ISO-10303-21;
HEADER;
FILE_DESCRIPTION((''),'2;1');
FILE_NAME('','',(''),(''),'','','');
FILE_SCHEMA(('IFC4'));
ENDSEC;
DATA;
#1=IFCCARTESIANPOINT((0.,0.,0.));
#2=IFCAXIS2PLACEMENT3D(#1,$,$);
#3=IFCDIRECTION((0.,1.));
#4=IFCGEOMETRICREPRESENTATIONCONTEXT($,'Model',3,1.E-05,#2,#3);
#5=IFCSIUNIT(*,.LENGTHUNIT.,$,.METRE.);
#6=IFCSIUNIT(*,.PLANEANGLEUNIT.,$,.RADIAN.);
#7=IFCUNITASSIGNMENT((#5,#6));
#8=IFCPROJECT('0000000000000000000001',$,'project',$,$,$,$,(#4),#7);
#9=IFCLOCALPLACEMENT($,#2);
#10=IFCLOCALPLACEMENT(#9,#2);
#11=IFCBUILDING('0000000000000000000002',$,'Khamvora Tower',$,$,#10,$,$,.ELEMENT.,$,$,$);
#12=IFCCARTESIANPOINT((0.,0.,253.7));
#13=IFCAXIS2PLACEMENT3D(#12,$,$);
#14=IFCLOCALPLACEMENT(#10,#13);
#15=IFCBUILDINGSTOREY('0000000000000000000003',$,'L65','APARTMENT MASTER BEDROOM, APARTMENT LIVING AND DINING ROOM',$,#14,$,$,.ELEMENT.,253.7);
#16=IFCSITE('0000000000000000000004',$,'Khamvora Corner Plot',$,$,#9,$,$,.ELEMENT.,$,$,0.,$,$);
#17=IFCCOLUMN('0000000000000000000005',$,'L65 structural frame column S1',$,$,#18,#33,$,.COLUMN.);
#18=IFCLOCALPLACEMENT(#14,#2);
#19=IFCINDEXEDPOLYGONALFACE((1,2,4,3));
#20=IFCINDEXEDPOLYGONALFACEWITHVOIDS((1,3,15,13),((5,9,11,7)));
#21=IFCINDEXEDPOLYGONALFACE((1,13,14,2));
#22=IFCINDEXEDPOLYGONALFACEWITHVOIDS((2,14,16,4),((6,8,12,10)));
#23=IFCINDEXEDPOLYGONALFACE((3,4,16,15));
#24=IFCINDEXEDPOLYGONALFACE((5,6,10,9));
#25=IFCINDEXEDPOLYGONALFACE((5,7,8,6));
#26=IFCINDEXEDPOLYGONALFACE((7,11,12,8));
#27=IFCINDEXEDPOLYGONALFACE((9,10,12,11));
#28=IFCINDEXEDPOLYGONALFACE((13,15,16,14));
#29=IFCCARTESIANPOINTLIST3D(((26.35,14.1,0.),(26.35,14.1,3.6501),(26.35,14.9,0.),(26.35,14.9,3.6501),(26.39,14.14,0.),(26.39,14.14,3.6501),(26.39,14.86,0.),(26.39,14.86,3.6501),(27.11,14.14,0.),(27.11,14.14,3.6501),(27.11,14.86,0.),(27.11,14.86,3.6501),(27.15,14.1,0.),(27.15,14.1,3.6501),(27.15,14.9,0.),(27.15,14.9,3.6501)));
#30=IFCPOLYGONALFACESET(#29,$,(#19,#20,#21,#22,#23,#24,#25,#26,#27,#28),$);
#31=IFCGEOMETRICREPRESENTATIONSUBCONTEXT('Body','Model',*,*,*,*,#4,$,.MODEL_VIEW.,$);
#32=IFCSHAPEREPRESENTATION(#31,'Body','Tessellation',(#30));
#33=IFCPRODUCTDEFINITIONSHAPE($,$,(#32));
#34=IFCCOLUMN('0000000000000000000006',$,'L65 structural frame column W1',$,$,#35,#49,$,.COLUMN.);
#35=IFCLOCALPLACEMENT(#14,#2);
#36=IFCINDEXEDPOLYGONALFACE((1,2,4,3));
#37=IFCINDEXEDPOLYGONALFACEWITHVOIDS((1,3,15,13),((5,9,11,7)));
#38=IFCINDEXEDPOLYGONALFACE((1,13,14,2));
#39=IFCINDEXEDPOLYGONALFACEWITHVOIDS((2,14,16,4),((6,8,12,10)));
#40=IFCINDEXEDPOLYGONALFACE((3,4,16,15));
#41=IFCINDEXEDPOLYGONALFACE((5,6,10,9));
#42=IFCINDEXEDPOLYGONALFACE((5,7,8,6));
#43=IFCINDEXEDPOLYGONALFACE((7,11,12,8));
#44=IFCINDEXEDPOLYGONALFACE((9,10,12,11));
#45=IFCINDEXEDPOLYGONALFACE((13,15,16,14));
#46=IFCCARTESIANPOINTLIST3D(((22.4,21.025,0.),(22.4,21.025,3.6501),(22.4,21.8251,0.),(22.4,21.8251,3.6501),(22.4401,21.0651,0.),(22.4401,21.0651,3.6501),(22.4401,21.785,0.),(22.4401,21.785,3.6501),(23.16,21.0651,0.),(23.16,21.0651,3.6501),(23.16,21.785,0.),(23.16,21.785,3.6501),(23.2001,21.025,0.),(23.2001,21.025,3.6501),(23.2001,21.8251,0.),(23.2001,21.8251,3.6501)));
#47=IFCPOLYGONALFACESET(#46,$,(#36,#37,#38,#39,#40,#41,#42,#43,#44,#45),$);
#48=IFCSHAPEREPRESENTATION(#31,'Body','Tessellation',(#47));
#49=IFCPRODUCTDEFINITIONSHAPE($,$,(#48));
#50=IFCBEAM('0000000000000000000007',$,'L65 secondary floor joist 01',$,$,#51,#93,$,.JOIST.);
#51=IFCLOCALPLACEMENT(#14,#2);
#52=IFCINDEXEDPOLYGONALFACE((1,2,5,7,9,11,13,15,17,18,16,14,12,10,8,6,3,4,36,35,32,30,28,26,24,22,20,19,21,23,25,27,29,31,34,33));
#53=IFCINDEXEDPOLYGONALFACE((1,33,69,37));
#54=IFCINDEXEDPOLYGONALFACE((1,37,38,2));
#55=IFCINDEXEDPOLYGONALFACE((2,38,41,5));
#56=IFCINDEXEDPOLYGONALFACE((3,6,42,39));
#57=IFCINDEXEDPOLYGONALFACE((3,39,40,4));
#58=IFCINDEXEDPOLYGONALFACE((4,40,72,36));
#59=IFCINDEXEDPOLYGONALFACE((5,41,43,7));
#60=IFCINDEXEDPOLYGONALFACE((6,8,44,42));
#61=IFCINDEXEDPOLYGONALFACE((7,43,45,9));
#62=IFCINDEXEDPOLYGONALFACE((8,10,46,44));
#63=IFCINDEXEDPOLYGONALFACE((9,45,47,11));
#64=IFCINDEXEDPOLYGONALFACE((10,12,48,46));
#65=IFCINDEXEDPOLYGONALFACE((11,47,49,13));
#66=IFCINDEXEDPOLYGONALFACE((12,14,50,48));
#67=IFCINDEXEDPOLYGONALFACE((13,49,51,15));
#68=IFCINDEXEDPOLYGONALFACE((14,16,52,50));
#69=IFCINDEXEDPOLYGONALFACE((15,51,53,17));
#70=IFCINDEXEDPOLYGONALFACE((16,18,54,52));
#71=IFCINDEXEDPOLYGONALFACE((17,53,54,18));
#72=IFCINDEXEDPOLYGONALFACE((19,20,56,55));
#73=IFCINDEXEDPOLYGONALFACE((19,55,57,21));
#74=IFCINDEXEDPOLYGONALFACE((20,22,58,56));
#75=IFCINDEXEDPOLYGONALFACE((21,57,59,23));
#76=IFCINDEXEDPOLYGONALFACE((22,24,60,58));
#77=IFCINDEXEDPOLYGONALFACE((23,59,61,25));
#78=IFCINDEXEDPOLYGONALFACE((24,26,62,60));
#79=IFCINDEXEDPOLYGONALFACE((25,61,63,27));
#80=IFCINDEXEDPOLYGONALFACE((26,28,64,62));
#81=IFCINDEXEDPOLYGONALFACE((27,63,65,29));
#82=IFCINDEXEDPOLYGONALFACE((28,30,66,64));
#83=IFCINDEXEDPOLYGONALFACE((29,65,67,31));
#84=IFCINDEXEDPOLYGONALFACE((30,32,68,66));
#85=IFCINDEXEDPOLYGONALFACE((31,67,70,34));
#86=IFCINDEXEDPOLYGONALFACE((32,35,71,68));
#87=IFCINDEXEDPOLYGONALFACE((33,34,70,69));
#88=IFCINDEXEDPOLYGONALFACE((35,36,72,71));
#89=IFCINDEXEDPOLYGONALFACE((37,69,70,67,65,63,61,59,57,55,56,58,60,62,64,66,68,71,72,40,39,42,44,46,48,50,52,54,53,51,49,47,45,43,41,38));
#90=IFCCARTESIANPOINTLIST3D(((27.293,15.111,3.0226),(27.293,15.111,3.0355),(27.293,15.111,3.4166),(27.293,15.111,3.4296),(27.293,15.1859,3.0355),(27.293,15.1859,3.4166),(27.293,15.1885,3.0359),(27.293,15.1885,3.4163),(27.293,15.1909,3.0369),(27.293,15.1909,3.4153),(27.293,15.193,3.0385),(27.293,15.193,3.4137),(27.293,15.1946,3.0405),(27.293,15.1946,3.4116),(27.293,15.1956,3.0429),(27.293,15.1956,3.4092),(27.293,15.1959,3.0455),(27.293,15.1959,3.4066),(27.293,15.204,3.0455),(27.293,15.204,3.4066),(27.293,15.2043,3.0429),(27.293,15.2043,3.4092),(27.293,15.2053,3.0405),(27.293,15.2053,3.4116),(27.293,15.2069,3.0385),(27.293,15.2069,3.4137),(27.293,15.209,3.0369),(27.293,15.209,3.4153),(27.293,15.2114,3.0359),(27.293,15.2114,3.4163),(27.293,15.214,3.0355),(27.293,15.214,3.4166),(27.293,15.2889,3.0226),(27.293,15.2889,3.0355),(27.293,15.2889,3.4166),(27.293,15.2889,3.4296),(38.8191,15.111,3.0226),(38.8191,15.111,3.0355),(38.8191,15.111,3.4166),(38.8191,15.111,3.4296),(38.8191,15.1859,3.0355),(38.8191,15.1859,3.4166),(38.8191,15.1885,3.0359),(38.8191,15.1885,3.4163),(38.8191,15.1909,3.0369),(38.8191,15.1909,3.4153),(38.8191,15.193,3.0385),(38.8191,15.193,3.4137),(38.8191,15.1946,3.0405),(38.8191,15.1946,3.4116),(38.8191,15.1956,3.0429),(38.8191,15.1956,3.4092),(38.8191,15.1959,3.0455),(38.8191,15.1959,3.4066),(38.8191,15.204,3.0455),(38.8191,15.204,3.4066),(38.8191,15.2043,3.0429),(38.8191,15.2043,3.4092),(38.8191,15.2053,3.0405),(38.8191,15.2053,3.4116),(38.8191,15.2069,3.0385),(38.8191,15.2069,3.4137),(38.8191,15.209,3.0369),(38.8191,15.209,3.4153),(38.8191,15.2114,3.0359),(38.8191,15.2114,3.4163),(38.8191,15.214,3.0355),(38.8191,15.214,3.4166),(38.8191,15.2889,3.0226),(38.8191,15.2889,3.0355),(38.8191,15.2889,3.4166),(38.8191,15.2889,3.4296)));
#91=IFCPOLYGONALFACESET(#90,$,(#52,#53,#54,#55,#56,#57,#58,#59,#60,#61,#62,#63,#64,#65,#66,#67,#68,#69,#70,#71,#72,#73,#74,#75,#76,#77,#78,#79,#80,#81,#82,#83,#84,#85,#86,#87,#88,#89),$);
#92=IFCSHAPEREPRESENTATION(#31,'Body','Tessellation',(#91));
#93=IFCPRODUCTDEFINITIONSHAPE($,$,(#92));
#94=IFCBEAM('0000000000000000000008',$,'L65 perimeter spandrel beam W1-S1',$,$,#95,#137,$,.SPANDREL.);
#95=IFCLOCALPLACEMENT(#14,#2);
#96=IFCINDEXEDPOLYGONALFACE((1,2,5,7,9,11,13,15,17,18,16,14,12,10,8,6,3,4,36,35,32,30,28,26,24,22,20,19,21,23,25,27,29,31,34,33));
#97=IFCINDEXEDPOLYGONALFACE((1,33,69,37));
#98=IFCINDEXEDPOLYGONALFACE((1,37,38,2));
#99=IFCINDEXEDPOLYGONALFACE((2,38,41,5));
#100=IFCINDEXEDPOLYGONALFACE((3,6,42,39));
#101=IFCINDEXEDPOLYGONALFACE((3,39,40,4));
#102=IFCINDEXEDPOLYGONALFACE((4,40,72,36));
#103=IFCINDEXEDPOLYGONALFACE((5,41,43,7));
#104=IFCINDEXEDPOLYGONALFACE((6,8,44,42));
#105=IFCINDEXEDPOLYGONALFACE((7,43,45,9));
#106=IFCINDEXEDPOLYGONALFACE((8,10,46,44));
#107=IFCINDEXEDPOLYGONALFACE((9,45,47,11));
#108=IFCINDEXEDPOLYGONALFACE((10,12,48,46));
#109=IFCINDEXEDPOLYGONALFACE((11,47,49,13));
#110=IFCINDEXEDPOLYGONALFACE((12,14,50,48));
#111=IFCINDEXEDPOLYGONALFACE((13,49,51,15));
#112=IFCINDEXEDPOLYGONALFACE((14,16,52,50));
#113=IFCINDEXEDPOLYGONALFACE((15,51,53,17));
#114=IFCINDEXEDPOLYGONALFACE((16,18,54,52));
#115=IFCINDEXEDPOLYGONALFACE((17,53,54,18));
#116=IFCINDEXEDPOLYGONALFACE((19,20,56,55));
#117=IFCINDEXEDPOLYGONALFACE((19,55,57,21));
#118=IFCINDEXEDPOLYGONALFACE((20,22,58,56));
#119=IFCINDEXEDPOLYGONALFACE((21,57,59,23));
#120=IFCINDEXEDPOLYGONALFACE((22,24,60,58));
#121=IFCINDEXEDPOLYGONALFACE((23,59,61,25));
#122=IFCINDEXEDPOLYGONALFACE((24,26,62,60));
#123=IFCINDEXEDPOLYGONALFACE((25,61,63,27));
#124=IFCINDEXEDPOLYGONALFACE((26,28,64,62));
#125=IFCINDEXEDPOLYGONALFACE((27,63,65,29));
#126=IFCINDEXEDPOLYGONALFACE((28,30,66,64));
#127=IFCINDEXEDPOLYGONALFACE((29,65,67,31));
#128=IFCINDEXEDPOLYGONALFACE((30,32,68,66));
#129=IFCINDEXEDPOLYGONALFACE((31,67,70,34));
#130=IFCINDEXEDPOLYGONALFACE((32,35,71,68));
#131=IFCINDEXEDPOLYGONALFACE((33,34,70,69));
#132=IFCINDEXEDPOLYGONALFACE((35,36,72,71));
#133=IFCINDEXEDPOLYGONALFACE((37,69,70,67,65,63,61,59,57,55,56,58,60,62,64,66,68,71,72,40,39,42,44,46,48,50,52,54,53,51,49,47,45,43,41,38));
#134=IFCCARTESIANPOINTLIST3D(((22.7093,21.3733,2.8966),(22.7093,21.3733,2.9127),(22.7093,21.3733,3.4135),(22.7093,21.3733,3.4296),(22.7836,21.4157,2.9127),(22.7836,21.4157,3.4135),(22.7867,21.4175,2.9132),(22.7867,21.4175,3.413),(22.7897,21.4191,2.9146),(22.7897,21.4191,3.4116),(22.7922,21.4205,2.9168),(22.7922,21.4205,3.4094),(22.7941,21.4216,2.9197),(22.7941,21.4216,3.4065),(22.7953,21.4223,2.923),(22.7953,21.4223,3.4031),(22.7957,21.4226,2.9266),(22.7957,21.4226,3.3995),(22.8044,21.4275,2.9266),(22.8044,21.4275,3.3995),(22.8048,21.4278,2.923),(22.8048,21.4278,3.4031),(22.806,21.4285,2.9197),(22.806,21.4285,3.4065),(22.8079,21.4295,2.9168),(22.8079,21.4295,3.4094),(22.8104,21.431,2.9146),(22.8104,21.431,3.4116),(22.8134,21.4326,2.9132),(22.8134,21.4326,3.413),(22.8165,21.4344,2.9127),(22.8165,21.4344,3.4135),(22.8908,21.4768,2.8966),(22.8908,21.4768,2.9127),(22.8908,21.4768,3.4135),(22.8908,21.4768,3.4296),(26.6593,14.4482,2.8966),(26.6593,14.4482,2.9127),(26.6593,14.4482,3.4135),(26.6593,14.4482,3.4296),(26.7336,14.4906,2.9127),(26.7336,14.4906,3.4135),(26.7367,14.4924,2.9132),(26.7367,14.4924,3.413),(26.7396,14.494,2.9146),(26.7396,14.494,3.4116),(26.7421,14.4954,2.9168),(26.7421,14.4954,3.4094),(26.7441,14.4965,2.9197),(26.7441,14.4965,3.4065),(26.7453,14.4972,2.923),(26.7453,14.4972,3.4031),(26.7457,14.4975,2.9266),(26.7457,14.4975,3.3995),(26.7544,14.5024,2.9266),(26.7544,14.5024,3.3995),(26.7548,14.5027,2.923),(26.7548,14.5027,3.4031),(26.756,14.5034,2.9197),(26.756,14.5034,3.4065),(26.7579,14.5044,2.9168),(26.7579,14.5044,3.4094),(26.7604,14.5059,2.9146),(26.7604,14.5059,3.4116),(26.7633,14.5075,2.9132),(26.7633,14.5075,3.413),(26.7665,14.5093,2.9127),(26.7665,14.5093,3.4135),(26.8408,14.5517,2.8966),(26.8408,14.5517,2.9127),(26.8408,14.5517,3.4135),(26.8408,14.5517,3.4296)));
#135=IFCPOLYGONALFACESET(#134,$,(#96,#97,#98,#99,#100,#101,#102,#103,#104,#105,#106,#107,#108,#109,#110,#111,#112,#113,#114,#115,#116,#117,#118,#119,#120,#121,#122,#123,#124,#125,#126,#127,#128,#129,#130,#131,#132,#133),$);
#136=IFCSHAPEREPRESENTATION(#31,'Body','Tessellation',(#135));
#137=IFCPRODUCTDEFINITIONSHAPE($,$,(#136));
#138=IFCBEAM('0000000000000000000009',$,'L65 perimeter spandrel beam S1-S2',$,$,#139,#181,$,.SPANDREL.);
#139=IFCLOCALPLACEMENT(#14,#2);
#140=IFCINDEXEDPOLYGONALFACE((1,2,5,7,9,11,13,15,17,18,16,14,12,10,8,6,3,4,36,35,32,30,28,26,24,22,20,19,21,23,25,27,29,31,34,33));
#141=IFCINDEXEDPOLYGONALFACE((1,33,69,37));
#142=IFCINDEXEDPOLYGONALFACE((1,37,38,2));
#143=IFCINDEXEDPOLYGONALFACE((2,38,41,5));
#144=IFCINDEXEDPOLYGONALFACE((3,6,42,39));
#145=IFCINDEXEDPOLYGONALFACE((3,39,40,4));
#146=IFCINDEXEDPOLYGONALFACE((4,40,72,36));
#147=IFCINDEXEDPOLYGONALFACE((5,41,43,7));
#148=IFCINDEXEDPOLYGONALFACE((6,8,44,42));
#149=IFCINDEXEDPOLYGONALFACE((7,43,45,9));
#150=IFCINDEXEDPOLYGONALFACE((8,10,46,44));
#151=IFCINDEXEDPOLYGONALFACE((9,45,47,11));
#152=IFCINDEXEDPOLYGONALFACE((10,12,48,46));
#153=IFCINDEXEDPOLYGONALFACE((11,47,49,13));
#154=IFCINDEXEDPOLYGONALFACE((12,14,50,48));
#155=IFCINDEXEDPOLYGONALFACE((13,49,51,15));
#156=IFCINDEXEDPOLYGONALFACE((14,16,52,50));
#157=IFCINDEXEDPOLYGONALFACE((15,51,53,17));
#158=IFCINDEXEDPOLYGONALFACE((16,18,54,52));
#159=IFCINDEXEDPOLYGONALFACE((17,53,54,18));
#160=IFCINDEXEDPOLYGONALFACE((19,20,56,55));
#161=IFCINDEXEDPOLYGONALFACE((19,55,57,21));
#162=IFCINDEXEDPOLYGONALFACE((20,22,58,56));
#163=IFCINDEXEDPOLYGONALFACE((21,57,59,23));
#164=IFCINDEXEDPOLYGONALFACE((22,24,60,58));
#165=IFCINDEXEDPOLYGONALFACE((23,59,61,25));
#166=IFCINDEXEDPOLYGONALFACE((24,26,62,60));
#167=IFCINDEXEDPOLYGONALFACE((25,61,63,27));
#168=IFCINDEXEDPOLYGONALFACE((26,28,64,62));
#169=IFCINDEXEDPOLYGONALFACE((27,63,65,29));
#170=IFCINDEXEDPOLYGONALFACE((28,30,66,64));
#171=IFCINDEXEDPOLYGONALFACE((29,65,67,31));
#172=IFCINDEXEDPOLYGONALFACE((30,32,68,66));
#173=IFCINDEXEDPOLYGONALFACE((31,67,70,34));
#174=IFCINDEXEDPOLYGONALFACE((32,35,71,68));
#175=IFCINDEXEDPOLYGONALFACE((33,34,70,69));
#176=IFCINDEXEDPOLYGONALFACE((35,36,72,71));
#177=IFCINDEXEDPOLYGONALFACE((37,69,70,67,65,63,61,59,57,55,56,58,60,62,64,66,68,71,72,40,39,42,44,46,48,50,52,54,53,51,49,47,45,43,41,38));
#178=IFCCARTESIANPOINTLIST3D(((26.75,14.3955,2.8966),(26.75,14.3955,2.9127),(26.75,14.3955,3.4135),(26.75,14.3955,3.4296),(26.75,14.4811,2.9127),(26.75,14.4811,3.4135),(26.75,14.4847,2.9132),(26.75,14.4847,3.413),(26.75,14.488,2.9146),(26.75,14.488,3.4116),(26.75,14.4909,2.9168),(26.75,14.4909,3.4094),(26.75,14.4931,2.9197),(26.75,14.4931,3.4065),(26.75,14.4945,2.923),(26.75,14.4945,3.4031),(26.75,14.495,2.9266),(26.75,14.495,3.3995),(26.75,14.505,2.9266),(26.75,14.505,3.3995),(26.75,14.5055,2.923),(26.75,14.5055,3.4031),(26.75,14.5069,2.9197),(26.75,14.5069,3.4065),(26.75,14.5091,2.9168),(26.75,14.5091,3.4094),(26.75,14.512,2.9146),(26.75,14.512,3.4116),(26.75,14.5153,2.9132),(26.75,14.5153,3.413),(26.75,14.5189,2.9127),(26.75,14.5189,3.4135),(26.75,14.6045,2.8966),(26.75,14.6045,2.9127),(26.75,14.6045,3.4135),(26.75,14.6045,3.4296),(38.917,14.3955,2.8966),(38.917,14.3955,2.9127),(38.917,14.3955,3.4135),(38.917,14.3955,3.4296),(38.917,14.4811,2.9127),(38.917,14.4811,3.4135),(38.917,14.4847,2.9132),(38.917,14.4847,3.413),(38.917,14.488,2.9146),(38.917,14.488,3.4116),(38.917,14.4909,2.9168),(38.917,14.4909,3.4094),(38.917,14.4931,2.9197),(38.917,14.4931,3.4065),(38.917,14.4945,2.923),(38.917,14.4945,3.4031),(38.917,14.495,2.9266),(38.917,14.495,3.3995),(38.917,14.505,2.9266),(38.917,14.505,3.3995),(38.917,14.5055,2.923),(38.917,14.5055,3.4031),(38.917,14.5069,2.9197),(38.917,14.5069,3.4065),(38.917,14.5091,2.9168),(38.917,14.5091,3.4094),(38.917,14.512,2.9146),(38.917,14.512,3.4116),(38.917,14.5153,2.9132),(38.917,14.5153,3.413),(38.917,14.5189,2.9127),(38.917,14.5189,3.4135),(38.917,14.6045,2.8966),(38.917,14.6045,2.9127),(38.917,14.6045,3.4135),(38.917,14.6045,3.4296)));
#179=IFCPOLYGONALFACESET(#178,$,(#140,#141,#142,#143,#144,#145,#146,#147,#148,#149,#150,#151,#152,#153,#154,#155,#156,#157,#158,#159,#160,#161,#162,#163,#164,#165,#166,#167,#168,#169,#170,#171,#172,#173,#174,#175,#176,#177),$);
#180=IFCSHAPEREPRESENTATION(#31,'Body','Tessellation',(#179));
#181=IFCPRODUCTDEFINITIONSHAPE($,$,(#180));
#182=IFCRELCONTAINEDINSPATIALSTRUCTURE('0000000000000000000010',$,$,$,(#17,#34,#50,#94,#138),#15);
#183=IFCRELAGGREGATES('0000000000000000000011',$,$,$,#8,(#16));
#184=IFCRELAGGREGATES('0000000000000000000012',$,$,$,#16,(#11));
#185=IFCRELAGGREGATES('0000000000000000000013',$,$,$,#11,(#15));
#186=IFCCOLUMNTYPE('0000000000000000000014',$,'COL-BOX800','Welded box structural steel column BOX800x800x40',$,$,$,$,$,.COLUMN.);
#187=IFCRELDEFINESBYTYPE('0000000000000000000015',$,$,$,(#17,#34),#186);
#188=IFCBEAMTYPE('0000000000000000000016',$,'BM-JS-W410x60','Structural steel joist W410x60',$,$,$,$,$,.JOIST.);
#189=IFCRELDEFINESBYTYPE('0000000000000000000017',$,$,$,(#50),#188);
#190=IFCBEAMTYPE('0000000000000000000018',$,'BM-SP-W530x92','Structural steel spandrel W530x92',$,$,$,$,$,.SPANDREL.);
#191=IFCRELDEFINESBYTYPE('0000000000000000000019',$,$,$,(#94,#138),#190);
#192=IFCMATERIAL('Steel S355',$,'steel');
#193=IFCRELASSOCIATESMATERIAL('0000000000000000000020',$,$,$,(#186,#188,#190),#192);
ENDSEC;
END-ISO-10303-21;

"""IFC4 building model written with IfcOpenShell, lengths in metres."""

from ifc_helpers import new_model, si_unit, direction, frame, origin, origin_2d, place, context, subcontext, project, spatial, hollow_rectangle, i_section, extrude, material, material_profile, profile_set, type_object, element, save


model = new_model("IFC4")

# Units and contexts
model_context = context("Model", 3, precision=1e-05, world=origin(), true_north=direction((0.0, 1.0)))
body_context = subcontext(model_context, "Body", "Model", "MODEL_VIEW")
ifc_project = project(units=[si_unit("LENGTHUNIT", "METRE"), si_unit("PLANEANGLEUNIT", "RADIAN")], contexts=[model_context])

# Site, building, storey
site_placement = place(None, origin())
site = spatial("IfcSite", under=ifc_project, at=site_placement, Name="Khamvora Corner Plot", CompositionType="ELEMENT", RefElevation=0.0)
building_placement = place(site_placement, origin())
building = spatial("IfcBuilding", under=site, at=building_placement, Name="Khamvora Tower", CompositionType="ELEMENT")
storey_placement = place(building_placement, frame((0.0, 0.0, 253.7)))
storey = spatial("IfcBuildingStorey", under=building, at=storey_placement, Name="L65", Description="APARTMENT MASTER BEDROOM, APARTMENT LIVING AND DINING ROOM", CompositionType="ELEMENT", Elevation=253.7)

# Columns
ifc_material_1 = material(Name="Steel S355", Category="steel")
ifc_material_profile_1 = material_profile(ifc_material_1, hollow_rectangle(XDim=0.8, YDim=0.8, WallThickness=0.04, at=origin_2d()), Name="BOX800x800x40")
ifc_profile_set_1 = profile_set([ifc_material_profile_1], Name="Steel S355")
column_type = type_object("IfcColumnType", Name="COL-BOX800", Description="Welded box structural steel column BOX800x800x40", PredefinedType="COLUMN", material=ifc_profile_set_1)
for number, where, z_axis, x_axis, name in (
    (1, (26.75, 14.5, 0.0), (0.0, 0.0, 1.0), (1.0, 0.0, 0.0), "L65 structural frame column S1"),
    (2, (22.8, 21.425, 0.0), (0.0, 0.0, 1.0), (1.0, 0.0, 0.0), "L65 structural frame column W1"),
):
    element("IfcColumn", number, at=place(storey_placement, frame(where, z_axis=z_axis, x_axis=x_axis)), inside=storey, type_object=column_type, Name=name, PredefinedType="COLUMN", context=body_context, shape_type="SweptSolid", body=[
        extrude(hollow_rectangle(XDim=0.8, YDim=0.8, WallThickness=0.04, at=origin_2d()), origin(), (0.0, 0.0, 1.0), 3.6501),
    ])

# Beams
ifc_material_profile_2 = material_profile(ifc_material_1, i_section(OverallWidth=0.178, OverallDepth=0.407, WebThickness=0.0081, FlangeThickness=0.0129, FilletRadius=0.01, at=origin_2d()), Name="W410x60")
ifc_profile_set_2 = profile_set([ifc_material_profile_2], Name="Steel S355")
beam_type_1 = type_object("IfcBeamType", Name="BM-JS-W410x60", Description="Structural steel joist W410x60", PredefinedType="JOIST", material=ifc_profile_set_2)
beam_1_placement = place(storey_placement, frame((27.293, 15.2, 3.2261), z_axis=(1.0, 0.0, 0.0), x_axis=(0.0, 1.0, 0.0)))
element("IfcBeam", 3, at=beam_1_placement, inside=storey, type_object=beam_type_1, Name="L65 secondary floor joist 01", PredefinedType="JOIST", context=body_context, shape_type="SweptSolid", body=[
    extrude(i_section(OverallWidth=0.178, OverallDepth=0.407, WebThickness=0.0081, FlangeThickness=0.0129, FilletRadius=0.01, at=origin_2d()), origin(), (0.0, 0.0, 1.0), 11.5261),
])
ifc_material_profile_3 = material_profile(ifc_material_1, i_section(OverallWidth=0.209, OverallDepth=0.533, WebThickness=0.01, FlangeThickness=0.0161, FilletRadius=0.0139, at=origin_2d()), Name="W530x92")
ifc_profile_set_3 = profile_set([ifc_material_profile_3], Name="Steel S355")
beam_type_2 = type_object("IfcBeamType", Name="BM-SP-W530x92", Description="Structural steel spandrel W530x92", PredefinedType="SPANDREL", material=ifc_profile_set_3)
beam_2_placement = place(storey_placement, frame((22.8, 21.425, 3.1631), z_axis=(0.495456, -0.868633, 0.0), x_axis=(0.868633, 0.495456, 0.0)))
element("IfcBeam", 4, at=beam_2_placement, inside=storey, type_object=beam_type_2, Name="L65 perimeter spandrel beam W1-S1", PredefinedType="SPANDREL", context=body_context, shape_type="SweptSolid", body=[
    extrude(i_section(OverallWidth=0.209, OverallDepth=0.533, WebThickness=0.01, FlangeThickness=0.0161, FilletRadius=0.0139, at=origin_2d()), origin(), (0.0, 0.0, 1.0), 7.9724),
])
beam_3_placement = place(storey_placement, frame((26.75, 14.5, 3.1631), z_axis=(1.0, 0.0, 0.0), x_axis=(0.0, 1.0, 0.0)))
element("IfcBeam", 5, at=beam_3_placement, inside=storey, type_object=beam_type_2, Name="L65 perimeter spandrel beam S1-S2", PredefinedType="SPANDREL", context=body_context, shape_type="SweptSolid", body=[
    extrude(i_section(OverallWidth=0.209, OverallDepth=0.533, WebThickness=0.01, FlangeThickness=0.0161, FilletRadius=0.0139, at=origin_2d()), origin(), (0.0, 0.0, 1.0), 12.167),
])

save(model, "model.ifc")
